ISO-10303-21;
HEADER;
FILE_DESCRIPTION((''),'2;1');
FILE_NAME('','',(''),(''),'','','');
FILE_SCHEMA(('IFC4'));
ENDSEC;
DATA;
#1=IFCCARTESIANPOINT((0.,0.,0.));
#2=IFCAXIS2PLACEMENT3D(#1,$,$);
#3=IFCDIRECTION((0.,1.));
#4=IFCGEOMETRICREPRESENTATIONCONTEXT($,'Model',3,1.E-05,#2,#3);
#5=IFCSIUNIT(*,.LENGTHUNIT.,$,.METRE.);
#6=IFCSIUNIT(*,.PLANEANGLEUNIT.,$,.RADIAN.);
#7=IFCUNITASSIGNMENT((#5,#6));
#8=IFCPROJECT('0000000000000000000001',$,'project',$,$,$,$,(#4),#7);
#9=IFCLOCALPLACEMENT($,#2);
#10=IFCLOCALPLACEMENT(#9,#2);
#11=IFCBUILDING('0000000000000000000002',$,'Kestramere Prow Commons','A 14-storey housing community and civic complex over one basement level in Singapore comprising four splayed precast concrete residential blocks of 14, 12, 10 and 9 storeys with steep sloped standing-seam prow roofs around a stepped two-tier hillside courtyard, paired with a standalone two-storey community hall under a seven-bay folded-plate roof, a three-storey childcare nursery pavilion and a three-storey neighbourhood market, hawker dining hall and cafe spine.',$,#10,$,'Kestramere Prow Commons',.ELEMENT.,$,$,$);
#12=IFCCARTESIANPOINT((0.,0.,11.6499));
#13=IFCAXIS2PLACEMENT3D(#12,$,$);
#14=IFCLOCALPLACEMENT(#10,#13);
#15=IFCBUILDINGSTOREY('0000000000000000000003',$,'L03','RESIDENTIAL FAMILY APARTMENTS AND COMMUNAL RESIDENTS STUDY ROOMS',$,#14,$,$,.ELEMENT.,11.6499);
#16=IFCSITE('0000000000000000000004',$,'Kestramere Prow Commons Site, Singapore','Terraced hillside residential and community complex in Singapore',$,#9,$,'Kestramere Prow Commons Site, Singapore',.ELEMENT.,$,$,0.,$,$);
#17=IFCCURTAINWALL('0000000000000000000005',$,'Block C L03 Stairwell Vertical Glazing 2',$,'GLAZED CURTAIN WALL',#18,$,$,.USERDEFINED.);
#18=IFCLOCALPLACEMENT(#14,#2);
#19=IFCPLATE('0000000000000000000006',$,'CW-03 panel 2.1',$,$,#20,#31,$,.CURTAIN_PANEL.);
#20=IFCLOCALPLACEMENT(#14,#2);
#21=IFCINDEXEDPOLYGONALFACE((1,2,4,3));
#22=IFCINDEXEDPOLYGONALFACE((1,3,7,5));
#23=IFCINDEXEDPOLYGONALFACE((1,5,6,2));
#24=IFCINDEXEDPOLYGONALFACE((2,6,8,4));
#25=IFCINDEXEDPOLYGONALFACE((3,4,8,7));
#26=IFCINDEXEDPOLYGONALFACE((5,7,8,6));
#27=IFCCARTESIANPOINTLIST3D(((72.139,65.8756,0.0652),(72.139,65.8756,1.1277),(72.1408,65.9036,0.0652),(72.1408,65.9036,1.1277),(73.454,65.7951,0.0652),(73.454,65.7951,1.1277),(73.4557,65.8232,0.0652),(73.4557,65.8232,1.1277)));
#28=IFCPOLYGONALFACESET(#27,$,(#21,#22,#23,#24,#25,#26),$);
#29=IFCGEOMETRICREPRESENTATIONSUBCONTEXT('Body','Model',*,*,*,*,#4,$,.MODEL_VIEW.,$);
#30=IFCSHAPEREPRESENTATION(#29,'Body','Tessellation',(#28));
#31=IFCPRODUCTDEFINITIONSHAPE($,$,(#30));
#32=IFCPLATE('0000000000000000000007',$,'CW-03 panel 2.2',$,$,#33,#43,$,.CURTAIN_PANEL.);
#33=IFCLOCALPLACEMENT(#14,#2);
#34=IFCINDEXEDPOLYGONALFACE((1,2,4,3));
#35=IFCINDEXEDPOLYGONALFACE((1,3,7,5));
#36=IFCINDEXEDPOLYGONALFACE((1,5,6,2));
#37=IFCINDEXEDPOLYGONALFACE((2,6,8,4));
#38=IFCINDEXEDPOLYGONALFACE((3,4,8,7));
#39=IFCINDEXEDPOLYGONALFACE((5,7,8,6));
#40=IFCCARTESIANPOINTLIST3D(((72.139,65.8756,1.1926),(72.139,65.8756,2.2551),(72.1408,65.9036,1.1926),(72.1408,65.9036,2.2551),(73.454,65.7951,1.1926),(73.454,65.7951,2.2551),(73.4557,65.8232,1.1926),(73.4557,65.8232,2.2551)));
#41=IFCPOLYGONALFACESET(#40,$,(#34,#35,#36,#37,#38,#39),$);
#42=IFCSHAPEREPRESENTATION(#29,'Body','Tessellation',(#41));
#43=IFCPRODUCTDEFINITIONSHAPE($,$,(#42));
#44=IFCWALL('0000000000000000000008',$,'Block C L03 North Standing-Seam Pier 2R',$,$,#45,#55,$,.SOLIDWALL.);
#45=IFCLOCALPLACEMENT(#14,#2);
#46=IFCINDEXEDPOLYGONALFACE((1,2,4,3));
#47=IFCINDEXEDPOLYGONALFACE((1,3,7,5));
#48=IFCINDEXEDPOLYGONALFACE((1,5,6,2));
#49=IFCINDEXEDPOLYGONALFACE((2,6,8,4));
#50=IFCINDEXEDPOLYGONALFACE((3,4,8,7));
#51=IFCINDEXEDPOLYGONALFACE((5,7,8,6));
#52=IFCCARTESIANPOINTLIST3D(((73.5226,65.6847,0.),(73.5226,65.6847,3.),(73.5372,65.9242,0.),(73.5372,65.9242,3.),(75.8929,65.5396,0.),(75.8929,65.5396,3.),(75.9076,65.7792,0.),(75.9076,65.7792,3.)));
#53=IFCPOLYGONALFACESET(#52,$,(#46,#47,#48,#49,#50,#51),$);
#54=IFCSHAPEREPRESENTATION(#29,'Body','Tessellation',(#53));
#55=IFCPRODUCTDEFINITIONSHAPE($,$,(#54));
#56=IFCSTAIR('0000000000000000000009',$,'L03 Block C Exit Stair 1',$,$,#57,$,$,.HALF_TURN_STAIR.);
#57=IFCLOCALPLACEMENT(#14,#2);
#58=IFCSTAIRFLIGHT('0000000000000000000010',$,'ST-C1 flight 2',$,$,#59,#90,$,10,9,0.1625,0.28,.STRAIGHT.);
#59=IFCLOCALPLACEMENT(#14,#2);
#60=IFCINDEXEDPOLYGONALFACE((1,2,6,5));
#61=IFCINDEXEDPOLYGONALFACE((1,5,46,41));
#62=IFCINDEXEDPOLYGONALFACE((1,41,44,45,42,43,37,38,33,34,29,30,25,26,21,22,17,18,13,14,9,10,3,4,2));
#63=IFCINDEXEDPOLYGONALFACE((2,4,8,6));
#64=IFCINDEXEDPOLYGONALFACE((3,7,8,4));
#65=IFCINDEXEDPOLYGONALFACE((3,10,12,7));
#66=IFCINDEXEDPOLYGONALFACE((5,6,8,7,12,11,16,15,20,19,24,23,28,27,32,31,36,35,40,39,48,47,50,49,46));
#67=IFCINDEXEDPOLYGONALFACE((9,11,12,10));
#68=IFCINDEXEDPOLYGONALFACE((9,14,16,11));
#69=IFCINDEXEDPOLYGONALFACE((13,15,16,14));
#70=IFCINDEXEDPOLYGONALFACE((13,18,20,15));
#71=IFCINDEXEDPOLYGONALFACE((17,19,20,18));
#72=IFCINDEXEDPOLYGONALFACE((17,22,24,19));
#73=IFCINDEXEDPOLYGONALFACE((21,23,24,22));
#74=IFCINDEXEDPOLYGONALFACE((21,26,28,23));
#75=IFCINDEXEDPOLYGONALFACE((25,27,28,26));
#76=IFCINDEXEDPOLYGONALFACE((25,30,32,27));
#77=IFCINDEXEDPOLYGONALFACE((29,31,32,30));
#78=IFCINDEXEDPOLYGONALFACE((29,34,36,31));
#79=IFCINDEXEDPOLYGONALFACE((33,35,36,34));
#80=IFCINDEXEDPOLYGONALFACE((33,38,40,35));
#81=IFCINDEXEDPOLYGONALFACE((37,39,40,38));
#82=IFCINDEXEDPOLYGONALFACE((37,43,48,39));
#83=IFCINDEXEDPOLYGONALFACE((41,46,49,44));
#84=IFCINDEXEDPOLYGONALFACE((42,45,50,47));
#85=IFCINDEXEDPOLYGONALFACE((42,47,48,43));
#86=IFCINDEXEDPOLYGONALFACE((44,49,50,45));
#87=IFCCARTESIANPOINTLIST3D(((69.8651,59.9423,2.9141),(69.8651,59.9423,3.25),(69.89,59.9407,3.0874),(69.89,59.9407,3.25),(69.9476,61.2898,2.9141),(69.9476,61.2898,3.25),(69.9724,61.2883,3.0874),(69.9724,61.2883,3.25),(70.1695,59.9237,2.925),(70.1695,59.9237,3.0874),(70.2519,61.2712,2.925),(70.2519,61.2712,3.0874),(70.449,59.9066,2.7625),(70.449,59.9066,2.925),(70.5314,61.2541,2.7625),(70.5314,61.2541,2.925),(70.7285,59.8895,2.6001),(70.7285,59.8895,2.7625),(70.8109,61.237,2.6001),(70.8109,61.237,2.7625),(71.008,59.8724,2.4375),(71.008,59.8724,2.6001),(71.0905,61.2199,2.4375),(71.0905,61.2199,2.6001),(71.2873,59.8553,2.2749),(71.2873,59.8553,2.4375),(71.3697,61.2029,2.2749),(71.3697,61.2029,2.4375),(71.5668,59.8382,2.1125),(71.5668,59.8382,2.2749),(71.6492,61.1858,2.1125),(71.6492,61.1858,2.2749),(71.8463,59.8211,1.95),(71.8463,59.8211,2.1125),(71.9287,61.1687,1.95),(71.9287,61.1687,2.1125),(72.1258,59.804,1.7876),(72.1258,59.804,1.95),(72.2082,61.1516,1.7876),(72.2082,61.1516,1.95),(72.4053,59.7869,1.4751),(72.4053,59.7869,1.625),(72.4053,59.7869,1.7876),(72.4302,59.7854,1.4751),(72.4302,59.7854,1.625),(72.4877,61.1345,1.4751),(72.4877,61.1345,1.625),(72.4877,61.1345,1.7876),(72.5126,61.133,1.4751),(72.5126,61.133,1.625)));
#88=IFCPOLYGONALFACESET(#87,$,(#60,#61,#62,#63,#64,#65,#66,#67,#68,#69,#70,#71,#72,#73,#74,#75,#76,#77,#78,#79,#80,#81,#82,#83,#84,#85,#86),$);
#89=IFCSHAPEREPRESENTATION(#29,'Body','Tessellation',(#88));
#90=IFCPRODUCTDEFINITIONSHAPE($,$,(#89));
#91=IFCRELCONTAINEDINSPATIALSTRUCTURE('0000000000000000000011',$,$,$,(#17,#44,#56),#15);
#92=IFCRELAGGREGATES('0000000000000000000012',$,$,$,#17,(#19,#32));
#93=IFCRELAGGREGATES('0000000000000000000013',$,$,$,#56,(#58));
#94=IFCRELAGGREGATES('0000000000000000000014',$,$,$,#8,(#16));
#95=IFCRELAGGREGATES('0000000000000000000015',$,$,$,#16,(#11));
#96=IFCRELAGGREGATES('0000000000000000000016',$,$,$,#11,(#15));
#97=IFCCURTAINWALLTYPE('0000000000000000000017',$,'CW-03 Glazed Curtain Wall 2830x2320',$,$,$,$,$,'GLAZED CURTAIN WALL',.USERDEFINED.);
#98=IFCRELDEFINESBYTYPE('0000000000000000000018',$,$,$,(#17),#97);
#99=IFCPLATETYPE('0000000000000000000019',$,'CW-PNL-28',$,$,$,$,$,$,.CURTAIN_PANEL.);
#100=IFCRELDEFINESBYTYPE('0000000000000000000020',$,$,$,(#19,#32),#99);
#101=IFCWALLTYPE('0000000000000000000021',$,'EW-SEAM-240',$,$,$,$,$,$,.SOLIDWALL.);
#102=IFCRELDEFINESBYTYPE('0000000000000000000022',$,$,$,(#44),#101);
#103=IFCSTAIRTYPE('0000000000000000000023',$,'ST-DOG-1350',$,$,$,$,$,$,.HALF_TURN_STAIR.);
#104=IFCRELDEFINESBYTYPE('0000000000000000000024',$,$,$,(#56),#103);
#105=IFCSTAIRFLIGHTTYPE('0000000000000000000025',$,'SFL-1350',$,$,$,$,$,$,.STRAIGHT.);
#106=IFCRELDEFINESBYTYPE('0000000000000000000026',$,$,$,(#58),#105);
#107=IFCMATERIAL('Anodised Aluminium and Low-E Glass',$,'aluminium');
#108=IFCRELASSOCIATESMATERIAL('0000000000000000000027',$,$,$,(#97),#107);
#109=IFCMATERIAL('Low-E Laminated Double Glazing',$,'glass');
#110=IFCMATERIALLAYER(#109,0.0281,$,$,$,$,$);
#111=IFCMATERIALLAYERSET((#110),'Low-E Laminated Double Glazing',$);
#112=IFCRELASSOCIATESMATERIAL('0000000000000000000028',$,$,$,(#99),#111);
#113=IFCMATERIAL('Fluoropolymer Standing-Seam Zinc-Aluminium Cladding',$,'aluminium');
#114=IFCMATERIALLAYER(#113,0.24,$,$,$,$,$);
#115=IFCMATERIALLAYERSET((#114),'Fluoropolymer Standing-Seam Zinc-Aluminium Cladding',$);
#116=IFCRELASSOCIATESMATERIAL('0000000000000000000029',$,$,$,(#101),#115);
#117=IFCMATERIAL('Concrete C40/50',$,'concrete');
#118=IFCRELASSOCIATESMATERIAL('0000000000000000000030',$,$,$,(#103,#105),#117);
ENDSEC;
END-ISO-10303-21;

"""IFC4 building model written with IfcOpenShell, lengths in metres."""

from ifc_helpers import new_model, si_unit, direction, frame, frame_2d, origin, origin_2d, place, context, subcontext, project, spatial, polyline, rectangle, outline, extrude, material, layer, layer_set, type_object, element, aggregate, save


model = new_model("IFC4")

# Units and contexts
model_context = context("Model", 3, precision=1e-05, world=origin(), true_north=direction((0.0, 1.0)))
body_context = subcontext(model_context, "Body", "Model", "MODEL_VIEW")
ifc_project = project(units=[si_unit("LENGTHUNIT", "METRE"), si_unit("PLANEANGLEUNIT", "RADIAN")], contexts=[model_context])

# Site, building, storey
site_placement = place(None, origin())
site = spatial("IfcSite", under=ifc_project, at=site_placement, Name="Kestramere Prow Commons Site, Singapore", Description="Terraced hillside residential and community complex in Singapore", LongName="Kestramere Prow Commons Site, Singapore", CompositionType="ELEMENT", RefElevation=0.0)
building_placement = place(site_placement, origin())
building = spatial("IfcBuilding", under=site, at=building_placement, Name="Kestramere Prow Commons", Description="A 14-storey housing community and civic complex over one basement level in Singapore comprising four splayed precast concrete residential blocks of 14, 12, 10 and 9 storeys with steep sloped standing-seam prow roofs around a stepped two-tier hillside courtyard, paired with a standalone two-storey community hall under a seven-bay folded-plate roof, a three-storey childcare nursery pavilion and a three-storey neighbourhood market, hawker dining hall and cafe spine.", LongName="Kestramere Prow Commons", CompositionType="ELEMENT")
storey_placement = place(building_placement, frame((0.0, 0.0, 11.6499)))
storey = spatial("IfcBuildingStorey", under=building, at=storey_placement, Name="L03", Description="RESIDENTIAL FAMILY APARTMENTS AND COMMUNAL RESIDENTS STUDY ROOMS", CompositionType="ELEMENT", Elevation=11.6499)

# Curtain wall, plates
ifc_material_1 = material(Name="Anodised Aluminium and Low-E Glass", Category="aluminium")
curtain_wall_type = type_object("IfcCurtainWallType", Name="CW-03 Glazed Curtain Wall 2830x2320", ElementType="GLAZED CURTAIN WALL", PredefinedType="USERDEFINED", material=ifc_material_1)
curtain_wall_placement = place(storey_placement, origin())
curtain_wall = element("IfcCurtainWall", 1, at=curtain_wall_placement, inside=storey, type_object=curtain_wall_type, Name="Block C L03 Stairwell Vertical Glazing 2", ObjectType="GLAZED CURTAIN WALL", PredefinedType="USERDEFINED")
ifc_material_2 = material(Name="Low-E Laminated Double Glazing", Category="glass")
ifc_layer_1 = layer(ifc_material_2, 0.0281)
ifc_layer_set_1 = layer_set([ifc_layer_1], Name="Low-E Laminated Double Glazing")
plate_type = type_object("IfcPlateType", Name="CW-PNL-28", PredefinedType="CURTAIN_PANEL", material=ifc_layer_set_1)
plate_1_placement = place(storey_placement, frame((72.7974, 65.8494, 0.0652), z_axis=(0.0, 0.0, 1.0), x_axis=(0.998135, -0.061048, 0.0)))
plate_1 = element("IfcPlate", 2, at=plate_1_placement, type_object=plate_type, Name="CW-03 panel 2.1", PredefinedType="CURTAIN_PANEL", context=body_context, shape_type="SweptSolid", body=[
    extrude(rectangle(XDim=1.3174, YDim=0.0281, at=origin_2d()), origin(), (0.0, 0.0, 1.0), 1.0625),
])
plate_2_placement = place(storey_placement, frame((72.7974, 65.8494, 1.1926), z_axis=(0.0, 0.0, 1.0), x_axis=(0.998135, -0.061048, 0.0)))
plate_2 = element("IfcPlate", 3, at=plate_2_placement, type_object=plate_type, Name="CW-03 panel 2.2", PredefinedType="CURTAIN_PANEL", context=body_context, shape_type="SweptSolid", body=[
    extrude(rectangle(XDim=1.3174, YDim=0.0281, at=origin_2d()), origin(), (0.0, 0.0, 1.0), 1.0625),
])
aggregate(curtain_wall, [plate_1, plate_2])

# Wall
ifc_material_3 = material(Name="Fluoropolymer Standing-Seam Zinc-Aluminium Cladding", Category="aluminium")
ifc_layer_2 = layer(ifc_material_3, 0.24)
ifc_layer_set_2 = layer_set([ifc_layer_2], Name="Fluoropolymer Standing-Seam Zinc-Aluminium Cladding")
wall_type = type_object("IfcWallType", Name="EW-SEAM-240", PredefinedType="SOLIDWALL", material=ifc_layer_set_2)
wall_placement = place(storey_placement, frame((73.5298, 65.8044, 0.0), z_axis=(0.0, 0.0, 1.0), x_axis=(0.998134, -0.061066, 0.0)))
element("IfcWall", 4, at=wall_placement, inside=storey, type_object=wall_type, Name="Block C L03 North Standing-Seam Pier 2R", PredefinedType="SOLIDWALL", context=body_context, shape_type="SweptSolid", body=[
    extrude(rectangle(XDim=2.3748, YDim=0.24, at=frame_2d((1.1875, 0.0))), origin(), (0.0, 0.0, 1.0), 3.0),
])

# Stair, stair flight
ifc_material_4 = material(Name="Concrete C40/50", Category="concrete")
stair_type = type_object("IfcStairType", Name="ST-DOG-1350", PredefinedType="HALF_TURN_STAIR", material=ifc_material_4)
stair_placement = place(storey_placement, origin())
stair = element("IfcStair", 5, at=stair_placement, inside=storey, type_object=stair_type, Name="L03 Block C Exit Stair 1", PredefinedType="HALF_TURN_STAIR")
stair_flight_type = type_object("IfcStairFlightType", Name="SFL-1350", PredefinedType="STRAIGHT", material=ifc_material_4)
stair_flight_placement = place(storey_placement, frame((72.4465, 60.4607, 1.625), z_axis=(0.0, 0.0, 1.0), x_axis=(-0.998135, 0.061049, 0.0)))
stair_flight = element("IfcStairFlight", 6, at=stair_flight_placement, type_object=stair_flight_type, Name="ST-C1 flight 2", NumberOfRisers=10, NumberOfTreads=9, PredefinedType="STRAIGHT", RiserHeight=0.1625, TreadLength=0.28, context=body_context, shape_type="SweptSolid", body=[
    extrude(outline(polyline([(-0.0249, 0.0), (0.0, 0.0), (0.0, 0.1626), (0.28, 0.1626), (0.28, 0.325), (0.5601, 0.325), (0.5601, 0.4875), (0.8401, 0.4875), (0.8401, 0.6499), (1.1201, 0.6499), (1.1201, 0.8125), (1.3999, 0.8125), (1.3999, 0.9751), (1.6799, 0.9751), (1.6799, 1.1375), (1.96, 1.1375), (1.96, 1.3), (2.24, 1.3), (2.24, 1.4624), (2.52, 1.4624), (2.52, 1.625), (2.5449, 1.625), (2.5449, 1.2891), (0.0, -0.1499), (-0.0249, -0.1499), (-0.0249, 0.0)])), frame((0.0, 0.675, 0.0), z_axis=(0.0, -1.0, 0.0), x_axis=(1.0, 0.0, 0.0)), (0.0, 0.0, 1.0), 1.3501),
])
aggregate(stair, [stair_flight])

save(model, "model.ifc")
